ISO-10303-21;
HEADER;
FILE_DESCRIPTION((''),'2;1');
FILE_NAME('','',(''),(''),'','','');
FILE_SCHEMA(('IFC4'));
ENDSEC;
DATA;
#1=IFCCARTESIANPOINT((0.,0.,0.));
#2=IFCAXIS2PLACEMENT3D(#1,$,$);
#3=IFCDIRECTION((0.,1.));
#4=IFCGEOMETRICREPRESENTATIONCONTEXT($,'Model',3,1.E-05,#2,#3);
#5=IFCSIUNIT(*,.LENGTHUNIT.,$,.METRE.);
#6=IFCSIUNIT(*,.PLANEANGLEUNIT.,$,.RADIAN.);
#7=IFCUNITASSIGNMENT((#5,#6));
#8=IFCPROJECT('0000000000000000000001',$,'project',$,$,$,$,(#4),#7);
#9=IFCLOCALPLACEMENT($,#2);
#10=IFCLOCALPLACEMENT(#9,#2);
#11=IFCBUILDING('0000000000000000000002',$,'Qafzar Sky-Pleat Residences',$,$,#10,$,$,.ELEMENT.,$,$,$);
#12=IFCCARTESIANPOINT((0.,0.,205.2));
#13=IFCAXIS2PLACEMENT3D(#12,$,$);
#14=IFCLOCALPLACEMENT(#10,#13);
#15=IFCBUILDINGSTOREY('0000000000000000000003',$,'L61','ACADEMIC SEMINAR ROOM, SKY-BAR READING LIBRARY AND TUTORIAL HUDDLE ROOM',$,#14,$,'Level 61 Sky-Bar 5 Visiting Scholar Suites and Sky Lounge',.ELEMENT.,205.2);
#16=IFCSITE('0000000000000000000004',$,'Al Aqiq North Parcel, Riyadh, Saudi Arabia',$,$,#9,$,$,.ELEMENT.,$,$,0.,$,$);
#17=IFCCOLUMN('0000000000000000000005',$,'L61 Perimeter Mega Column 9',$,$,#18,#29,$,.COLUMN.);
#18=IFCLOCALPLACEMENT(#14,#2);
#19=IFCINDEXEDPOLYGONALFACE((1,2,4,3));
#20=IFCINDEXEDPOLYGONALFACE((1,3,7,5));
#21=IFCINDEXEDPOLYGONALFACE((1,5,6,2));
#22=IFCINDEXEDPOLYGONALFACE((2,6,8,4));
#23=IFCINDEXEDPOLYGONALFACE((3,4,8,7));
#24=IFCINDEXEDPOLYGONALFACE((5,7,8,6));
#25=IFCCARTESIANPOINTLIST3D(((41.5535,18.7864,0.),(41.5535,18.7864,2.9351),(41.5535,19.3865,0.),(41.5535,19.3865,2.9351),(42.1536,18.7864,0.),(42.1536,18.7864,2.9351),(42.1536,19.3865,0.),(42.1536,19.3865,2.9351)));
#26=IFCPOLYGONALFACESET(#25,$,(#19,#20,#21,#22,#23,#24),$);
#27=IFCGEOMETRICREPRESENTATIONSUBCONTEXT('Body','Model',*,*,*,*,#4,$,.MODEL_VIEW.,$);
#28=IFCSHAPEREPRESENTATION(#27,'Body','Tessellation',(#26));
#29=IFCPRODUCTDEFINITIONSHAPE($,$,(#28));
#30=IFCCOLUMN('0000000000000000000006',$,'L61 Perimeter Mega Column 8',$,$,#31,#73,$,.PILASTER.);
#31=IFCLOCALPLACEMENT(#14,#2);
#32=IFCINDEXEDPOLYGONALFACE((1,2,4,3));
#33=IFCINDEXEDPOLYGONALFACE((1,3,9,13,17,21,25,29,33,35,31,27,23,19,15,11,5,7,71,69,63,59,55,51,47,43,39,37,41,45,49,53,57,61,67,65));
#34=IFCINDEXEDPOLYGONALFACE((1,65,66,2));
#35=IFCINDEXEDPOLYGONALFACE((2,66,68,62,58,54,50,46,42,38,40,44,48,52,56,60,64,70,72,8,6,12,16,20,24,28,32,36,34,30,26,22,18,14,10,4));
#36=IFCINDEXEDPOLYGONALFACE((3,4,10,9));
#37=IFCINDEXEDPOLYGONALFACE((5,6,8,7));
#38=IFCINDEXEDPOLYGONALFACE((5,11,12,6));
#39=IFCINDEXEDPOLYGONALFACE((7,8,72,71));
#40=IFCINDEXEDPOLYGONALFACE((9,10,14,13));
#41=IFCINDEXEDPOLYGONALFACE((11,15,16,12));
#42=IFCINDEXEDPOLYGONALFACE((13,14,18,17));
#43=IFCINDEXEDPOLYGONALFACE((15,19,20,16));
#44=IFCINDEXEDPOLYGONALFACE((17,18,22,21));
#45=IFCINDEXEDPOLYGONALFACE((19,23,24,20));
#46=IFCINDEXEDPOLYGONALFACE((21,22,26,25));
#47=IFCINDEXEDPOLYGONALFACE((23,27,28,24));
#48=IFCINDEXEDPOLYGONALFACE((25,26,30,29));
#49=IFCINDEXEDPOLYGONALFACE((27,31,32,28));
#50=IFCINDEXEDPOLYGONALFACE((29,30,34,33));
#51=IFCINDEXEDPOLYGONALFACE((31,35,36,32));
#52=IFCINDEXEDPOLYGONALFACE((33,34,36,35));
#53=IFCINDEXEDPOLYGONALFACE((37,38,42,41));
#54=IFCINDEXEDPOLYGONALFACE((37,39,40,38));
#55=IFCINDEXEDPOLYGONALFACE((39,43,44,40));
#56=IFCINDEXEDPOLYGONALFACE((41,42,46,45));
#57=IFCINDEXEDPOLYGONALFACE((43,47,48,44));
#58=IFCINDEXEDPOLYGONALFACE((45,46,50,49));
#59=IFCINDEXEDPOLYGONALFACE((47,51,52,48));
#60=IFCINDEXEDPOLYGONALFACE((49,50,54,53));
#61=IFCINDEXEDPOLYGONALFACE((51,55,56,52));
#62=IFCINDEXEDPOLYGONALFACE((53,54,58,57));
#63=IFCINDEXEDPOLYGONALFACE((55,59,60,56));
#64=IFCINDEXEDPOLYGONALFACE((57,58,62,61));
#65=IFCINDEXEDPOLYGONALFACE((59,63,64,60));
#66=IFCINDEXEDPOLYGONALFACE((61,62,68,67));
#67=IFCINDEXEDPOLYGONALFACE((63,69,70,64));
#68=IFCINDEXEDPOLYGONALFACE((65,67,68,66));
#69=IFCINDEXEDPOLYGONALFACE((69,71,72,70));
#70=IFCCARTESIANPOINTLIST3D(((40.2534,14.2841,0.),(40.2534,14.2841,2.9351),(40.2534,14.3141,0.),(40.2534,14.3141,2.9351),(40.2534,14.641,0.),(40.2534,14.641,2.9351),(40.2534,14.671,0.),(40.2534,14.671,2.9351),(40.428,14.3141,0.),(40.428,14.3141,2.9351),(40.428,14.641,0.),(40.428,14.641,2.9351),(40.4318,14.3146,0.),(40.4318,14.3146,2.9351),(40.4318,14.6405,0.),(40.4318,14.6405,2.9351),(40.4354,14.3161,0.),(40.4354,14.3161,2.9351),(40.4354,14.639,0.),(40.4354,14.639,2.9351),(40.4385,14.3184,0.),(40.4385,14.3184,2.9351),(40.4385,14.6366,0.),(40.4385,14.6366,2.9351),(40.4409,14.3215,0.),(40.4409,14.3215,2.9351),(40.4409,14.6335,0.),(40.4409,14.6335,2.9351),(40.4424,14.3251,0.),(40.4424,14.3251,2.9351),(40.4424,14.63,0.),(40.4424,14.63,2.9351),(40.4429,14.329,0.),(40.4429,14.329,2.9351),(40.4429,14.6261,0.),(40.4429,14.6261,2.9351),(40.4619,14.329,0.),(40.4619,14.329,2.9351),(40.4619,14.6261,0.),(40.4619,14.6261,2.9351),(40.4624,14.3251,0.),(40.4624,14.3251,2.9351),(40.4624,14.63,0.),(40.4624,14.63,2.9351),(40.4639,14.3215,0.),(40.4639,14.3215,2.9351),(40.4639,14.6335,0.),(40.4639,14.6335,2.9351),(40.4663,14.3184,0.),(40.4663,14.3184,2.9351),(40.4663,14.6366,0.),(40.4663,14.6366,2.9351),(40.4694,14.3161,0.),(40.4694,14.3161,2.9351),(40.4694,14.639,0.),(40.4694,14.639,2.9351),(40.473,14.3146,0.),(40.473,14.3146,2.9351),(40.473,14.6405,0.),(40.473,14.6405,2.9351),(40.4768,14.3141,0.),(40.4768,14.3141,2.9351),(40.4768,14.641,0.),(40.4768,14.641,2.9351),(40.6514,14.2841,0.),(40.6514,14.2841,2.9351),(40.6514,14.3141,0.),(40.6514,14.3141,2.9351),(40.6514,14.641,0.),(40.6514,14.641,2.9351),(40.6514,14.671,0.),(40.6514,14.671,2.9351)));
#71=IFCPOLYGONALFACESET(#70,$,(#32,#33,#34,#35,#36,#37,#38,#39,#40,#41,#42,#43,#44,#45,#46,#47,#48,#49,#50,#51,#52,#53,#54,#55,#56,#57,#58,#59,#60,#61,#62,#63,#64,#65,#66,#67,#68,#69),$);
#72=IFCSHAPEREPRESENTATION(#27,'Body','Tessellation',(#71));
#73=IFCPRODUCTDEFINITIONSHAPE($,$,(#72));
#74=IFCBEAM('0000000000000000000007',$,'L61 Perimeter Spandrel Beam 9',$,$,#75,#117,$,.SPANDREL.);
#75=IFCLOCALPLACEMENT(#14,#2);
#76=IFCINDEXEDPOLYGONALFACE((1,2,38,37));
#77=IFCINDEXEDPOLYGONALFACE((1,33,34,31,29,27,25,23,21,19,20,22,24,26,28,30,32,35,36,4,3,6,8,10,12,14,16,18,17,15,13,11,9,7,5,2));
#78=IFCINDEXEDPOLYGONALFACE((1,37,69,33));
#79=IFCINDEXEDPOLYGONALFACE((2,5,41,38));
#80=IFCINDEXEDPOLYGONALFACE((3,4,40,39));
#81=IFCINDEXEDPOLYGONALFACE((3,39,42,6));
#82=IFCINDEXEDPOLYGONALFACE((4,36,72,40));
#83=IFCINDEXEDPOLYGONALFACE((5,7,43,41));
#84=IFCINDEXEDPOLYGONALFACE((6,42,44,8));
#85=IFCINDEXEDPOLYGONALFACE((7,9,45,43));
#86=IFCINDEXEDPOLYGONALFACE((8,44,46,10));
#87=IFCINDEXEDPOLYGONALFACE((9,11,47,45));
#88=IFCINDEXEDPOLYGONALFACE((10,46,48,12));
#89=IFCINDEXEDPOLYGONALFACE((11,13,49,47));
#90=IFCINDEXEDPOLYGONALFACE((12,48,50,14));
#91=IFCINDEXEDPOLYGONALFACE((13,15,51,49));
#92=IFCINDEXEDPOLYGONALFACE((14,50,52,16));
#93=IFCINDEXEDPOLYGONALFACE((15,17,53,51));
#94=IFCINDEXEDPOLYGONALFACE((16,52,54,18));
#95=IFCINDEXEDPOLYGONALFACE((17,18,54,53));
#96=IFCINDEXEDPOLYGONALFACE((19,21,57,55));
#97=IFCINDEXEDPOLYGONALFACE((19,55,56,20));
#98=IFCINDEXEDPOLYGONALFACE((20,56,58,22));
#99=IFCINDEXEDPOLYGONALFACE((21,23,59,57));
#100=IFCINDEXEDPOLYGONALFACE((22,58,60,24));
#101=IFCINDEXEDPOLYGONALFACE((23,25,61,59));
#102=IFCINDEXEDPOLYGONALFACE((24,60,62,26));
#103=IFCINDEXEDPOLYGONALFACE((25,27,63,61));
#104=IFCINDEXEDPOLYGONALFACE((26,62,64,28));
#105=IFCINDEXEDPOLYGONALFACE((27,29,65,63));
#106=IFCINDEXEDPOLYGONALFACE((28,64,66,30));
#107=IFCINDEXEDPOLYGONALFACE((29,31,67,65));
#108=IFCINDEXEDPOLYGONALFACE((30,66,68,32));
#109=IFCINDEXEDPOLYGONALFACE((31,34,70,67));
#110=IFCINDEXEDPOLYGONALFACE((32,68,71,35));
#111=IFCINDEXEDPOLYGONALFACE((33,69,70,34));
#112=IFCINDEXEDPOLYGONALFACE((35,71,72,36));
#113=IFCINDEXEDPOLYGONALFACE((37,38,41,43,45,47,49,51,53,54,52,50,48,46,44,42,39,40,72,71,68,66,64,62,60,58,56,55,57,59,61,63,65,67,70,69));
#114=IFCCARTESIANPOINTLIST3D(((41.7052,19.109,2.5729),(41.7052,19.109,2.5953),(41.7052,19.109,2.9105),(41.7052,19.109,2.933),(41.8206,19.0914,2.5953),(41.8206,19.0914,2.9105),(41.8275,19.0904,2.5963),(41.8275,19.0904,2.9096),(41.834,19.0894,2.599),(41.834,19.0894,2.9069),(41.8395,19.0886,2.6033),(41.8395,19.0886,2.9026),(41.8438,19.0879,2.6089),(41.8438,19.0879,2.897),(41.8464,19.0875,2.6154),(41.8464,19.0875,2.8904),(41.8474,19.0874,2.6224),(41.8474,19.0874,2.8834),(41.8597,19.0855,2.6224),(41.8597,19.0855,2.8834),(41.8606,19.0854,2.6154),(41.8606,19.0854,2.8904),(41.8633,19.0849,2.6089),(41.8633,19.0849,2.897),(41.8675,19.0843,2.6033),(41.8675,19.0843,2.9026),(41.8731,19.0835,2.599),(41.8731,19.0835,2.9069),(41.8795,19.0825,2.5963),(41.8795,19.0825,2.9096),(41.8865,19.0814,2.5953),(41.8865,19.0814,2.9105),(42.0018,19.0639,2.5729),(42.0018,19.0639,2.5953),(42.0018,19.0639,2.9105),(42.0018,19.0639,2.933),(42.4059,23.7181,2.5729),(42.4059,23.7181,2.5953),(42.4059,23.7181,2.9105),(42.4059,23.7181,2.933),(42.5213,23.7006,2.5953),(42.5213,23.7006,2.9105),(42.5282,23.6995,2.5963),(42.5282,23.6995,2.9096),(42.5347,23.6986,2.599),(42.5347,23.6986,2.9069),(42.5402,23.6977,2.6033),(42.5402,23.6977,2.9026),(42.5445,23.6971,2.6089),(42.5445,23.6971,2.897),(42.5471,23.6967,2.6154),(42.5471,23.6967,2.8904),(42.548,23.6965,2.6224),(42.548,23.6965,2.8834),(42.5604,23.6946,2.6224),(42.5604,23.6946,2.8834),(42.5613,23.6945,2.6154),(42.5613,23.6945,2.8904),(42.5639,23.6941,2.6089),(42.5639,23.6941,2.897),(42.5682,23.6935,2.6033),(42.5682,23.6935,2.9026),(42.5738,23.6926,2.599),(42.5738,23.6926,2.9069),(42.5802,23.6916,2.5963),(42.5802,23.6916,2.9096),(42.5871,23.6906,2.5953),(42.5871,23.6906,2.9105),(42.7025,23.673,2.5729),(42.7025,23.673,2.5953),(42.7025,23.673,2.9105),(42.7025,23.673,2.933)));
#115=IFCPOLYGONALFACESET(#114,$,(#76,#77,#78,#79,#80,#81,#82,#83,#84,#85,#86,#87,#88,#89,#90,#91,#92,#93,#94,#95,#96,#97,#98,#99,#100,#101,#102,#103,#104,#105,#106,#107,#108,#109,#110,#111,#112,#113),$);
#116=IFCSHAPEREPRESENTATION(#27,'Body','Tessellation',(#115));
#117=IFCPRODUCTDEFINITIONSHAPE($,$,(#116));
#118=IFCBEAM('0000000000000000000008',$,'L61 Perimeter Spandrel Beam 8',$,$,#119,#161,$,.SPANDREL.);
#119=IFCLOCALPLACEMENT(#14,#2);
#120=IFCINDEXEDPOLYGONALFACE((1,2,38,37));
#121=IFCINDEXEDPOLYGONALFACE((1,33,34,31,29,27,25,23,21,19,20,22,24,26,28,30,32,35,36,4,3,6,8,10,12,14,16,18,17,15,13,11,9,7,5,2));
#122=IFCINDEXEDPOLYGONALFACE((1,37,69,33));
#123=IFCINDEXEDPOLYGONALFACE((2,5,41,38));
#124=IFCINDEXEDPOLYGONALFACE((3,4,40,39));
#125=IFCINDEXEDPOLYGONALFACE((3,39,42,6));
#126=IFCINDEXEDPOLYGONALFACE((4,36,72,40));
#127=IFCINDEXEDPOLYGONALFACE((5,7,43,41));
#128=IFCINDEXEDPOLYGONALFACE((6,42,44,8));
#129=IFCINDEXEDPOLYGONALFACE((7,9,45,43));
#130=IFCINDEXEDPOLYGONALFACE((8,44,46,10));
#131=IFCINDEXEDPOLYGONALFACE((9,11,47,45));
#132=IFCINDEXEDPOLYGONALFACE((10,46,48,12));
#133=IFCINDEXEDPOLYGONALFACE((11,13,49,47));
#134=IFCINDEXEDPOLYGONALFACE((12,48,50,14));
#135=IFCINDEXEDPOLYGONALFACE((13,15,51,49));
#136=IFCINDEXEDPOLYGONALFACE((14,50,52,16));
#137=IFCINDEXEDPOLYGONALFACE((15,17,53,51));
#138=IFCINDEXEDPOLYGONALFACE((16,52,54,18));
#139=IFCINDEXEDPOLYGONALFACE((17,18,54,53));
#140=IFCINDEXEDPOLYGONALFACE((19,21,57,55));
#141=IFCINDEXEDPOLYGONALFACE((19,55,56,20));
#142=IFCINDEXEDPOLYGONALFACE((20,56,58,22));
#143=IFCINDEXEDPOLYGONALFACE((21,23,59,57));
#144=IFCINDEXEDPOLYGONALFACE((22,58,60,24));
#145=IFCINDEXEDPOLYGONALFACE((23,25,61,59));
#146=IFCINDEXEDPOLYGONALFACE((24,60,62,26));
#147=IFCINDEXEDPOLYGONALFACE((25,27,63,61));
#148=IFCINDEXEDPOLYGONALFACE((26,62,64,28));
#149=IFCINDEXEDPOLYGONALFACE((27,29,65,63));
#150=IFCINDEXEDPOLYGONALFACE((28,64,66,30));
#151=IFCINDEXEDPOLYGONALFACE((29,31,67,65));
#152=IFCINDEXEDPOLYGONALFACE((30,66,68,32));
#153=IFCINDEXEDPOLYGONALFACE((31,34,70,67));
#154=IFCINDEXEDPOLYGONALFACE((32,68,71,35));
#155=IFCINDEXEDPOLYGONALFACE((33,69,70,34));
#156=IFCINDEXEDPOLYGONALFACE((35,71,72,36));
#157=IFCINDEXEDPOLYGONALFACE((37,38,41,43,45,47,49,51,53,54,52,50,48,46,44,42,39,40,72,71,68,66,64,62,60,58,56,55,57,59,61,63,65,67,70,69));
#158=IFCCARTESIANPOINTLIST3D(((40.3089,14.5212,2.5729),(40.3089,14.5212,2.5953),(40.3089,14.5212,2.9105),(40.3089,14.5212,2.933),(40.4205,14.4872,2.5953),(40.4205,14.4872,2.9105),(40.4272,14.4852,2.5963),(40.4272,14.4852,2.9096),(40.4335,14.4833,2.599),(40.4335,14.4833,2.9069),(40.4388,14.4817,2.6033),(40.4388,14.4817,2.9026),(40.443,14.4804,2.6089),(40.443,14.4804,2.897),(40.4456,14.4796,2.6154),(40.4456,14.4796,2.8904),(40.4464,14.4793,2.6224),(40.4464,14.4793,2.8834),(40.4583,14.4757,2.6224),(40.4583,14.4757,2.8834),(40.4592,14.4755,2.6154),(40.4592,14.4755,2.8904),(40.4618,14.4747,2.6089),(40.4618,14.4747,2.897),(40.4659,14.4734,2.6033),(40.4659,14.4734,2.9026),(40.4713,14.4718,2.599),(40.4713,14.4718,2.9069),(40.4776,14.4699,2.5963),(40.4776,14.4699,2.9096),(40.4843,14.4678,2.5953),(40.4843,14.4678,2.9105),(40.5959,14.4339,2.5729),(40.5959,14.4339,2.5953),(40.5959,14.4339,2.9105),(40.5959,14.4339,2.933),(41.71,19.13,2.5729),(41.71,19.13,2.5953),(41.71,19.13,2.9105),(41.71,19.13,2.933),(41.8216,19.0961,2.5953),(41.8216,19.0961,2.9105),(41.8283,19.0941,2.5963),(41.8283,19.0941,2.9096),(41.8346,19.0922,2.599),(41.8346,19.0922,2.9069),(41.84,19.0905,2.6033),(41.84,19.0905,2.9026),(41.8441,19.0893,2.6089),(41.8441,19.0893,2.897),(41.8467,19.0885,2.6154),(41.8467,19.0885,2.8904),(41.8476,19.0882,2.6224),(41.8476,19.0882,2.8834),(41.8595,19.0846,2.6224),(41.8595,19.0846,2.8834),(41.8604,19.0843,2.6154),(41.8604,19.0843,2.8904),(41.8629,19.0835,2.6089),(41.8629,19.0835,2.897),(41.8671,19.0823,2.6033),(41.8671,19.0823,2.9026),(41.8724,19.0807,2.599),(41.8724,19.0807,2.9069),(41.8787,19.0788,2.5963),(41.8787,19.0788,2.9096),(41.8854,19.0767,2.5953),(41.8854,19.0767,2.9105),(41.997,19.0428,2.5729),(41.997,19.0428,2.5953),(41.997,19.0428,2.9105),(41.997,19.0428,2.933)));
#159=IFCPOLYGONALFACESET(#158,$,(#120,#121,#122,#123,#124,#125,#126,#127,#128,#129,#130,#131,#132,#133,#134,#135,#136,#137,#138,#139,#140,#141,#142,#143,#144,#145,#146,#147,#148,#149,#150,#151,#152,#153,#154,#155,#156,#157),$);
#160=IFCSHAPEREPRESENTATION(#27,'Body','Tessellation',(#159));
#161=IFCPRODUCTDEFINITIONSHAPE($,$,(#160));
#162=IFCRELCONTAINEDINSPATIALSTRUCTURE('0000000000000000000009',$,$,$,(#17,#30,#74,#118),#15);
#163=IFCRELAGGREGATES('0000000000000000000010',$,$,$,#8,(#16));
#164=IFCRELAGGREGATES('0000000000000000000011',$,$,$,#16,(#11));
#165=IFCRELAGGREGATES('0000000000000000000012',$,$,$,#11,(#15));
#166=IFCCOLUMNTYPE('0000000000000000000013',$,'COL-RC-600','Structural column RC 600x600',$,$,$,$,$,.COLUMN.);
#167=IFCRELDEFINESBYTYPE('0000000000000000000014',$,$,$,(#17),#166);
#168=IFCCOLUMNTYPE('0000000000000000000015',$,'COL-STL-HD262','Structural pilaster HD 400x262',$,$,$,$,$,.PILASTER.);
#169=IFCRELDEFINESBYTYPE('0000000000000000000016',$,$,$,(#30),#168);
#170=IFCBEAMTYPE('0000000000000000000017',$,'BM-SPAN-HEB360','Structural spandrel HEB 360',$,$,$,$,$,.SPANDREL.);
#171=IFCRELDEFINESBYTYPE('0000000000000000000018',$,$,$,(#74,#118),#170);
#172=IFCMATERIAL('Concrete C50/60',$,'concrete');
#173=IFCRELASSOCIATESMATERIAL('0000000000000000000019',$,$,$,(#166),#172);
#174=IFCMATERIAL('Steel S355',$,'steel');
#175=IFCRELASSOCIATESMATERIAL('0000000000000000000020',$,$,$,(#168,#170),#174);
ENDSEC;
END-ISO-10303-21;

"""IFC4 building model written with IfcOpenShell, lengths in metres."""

from ifc_helpers import new_model, si_unit, direction, frame, origin, origin_2d, place, context, subcontext, project, spatial, rectangle, i_section, extrude, source, transform, mapped, material, material_profile, profile_set, type_object, element, save


model = new_model("IFC4")

# Units and contexts
model_context = context("Model", 3, precision=1e-05, world=origin(), true_north=direction((0.0, 1.0)))
body_context = subcontext(model_context, "Body", "Model", "MODEL_VIEW")
ifc_project = project(units=[si_unit("LENGTHUNIT", "METRE"), si_unit("PLANEANGLEUNIT", "RADIAN")], contexts=[model_context])

# Site, building, storey
site_placement = place(None, origin())
site = spatial("IfcSite", under=ifc_project, at=site_placement, Name="Al Aqiq North Parcel, Riyadh, Saudi Arabia", CompositionType="ELEMENT", RefElevation=0.0)
building_placement = place(site_placement, origin())
building = spatial("IfcBuilding", under=site, at=building_placement, Name="Qafzar Sky-Pleat Residences", CompositionType="ELEMENT")
storey_placement = place(building_placement, frame((0.0, 0.0, 205.2)))
storey = spatial("IfcBuildingStorey", under=building, at=storey_placement, Name="L61", Description="ACADEMIC SEMINAR ROOM, SKY-BAR READING LIBRARY AND TUTORIAL HUDDLE ROOM", LongName="Level 61 Sky-Bar 5 Visiting Scholar Suites and Sky Lounge", CompositionType="ELEMENT", Elevation=205.2)

# Columns
ifc_material_1 = material(Name="Concrete C50/60", Category="concrete")
ifc_material_profile_1 = material_profile(ifc_material_1, rectangle(XDim=0.6001, YDim=0.6001, at=origin_2d()), Name="RC 600x600")
ifc_profile_set_1 = profile_set([ifc_material_profile_1], Name="Concrete C50/60")
column_type_1 = type_object("IfcColumnType", Name="COL-RC-600", Description="Structural column RC 600x600", PredefinedType="COLUMN", material=ifc_profile_set_1)
shared_shape_1 = source(origin(), body_context, "Body", "SweptSolid", [
    extrude(rectangle(XDim=0.6001, YDim=0.6001, at=origin_2d()), origin(), (0.0, 0.0, 1.0), 2.9351),
])
column_1_placement = place(storey_placement, frame((41.8535, 19.0864, 0.0), z_axis=(0.0, 0.0, 1.0), x_axis=(1.0, 0.0, 0.0)))
element("IfcColumn", 1, at=column_1_placement, inside=storey, type_object=column_type_1, Name="L61 Perimeter Mega Column 9", PredefinedType="COLUMN", context=body_context, shape_type="MappedRepresentation", body=[
    mapped(shared_shape_1, transform((0.0, 0.0, 0.0), x_axis=(1.0, 0.0, 0.0), y_axis=(0.0, 1.0, 0.0), z_axis=(0.0, 0.0, 1.0), scale=1.0)),
])
ifc_material_2 = material(Name="Steel S355", Category="steel")
ifc_material_profile_2 = material_profile(ifc_material_2, i_section(OverallWidth=0.3979, OverallDepth=0.387, WebThickness=0.019, FlangeThickness=0.03, FilletRadius=0.0149, at=origin_2d()), Name="HD 400x262")
ifc_profile_set_2 = profile_set([ifc_material_profile_2], Name="Steel S355")
column_type_2 = type_object("IfcColumnType", Name="COL-STL-HD262", Description="Structural pilaster HD 400x262", PredefinedType="PILASTER", material=ifc_profile_set_2)
shared_shape_2 = source(origin(), body_context, "Body", "SweptSolid", [
    extrude(i_section(OverallWidth=0.3979, OverallDepth=0.387, WebThickness=0.019, FlangeThickness=0.03, FilletRadius=0.0149, at=origin_2d()), origin(), (0.0, 0.0, 1.0), 2.9351),
])
column_2_placement = place(storey_placement, frame((40.4524, 14.4775, 0.0), z_axis=(0.0, 0.0, 1.0), x_axis=(1.0, 0.0, 0.0)))
element("IfcColumn", 2, at=column_2_placement, inside=storey, type_object=column_type_2, Name="L61 Perimeter Mega Column 8", PredefinedType="PILASTER", context=body_context, shape_type="MappedRepresentation", body=[
    mapped(shared_shape_2, transform((0.0, 0.0, 0.0), x_axis=(1.0, 0.0, 0.0), y_axis=(0.0, 1.0, 0.0), z_axis=(0.0, 0.0, 1.0), scale=1.0)),
])

# Beams
ifc_material_profile_3 = material_profile(ifc_material_2, i_section(OverallWidth=0.3, OverallDepth=0.3601, WebThickness=0.0125, FlangeThickness=0.0225, FilletRadius=0.0271, at=origin_2d()), Name="HEB 360")
ifc_profile_set_3 = profile_set([ifc_material_profile_3], Name="Steel S355")
beam_type_1 = type_object("IfcBeamType", Name="BM-SPAN-HEB360", Description="Structural spandrel HEB 360", PredefinedType="SPANDREL", material=ifc_profile_set_3)
shared_shape_3 = source(origin(), body_context, "Body", "SweptSolid", [
    extrude(i_section(OverallWidth=0.3, OverallDepth=0.3601, WebThickness=0.0125, FlangeThickness=0.0225, FilletRadius=0.0271, at=origin_2d()), origin(), (0.0, 0.0, 1.0), 4.6621),
])
beam_1_placement = place(storey_placement, frame((41.8535, 19.0864, 2.7529), z_axis=(0.150294, 0.988641, 0.0), x_axis=(-0.988641, 0.150294, 0.0)))
element("IfcBeam", 3, at=beam_1_placement, inside=storey, type_object=beam_type_1, Name="L61 Perimeter Spandrel Beam 9", PredefinedType="SPANDREL", context=body_context, shape_type="MappedRepresentation", body=[
    mapped(shared_shape_3, transform((0.0, 0.0, 0.0), x_axis=(1.0, 0.0, 0.0), y_axis=(0.0, 1.0, 0.0), z_axis=(0.0, 0.0, 1.0), scale=1.0)),
])
shared_shape_4 = source(origin(), body_context, "Body", "SweptSolid", [
    extrude(i_section(OverallWidth=0.3, OverallDepth=0.3601, WebThickness=0.0125, FlangeThickness=0.0225, FilletRadius=0.0271, at=origin_2d()), origin(), (0.0, 0.0, 1.0), 4.8171),
])
beam_2_placement = place(storey_placement, frame((40.4524, 14.4775, 2.7529), z_axis=(0.290861, 0.956765, 0.0), x_axis=(-0.956765, 0.290861, 0.0)))
element("IfcBeam", 4, at=beam_2_placement, inside=storey, type_object=beam_type_1, Name="L61 Perimeter Spandrel Beam 8", PredefinedType="SPANDREL", context=body_context, shape_type="MappedRepresentation", body=[
    mapped(shared_shape_4, transform((0.0, 0.0, 0.0), x_axis=(1.0, 0.0, 0.0), y_axis=(0.0, 1.0, 0.0), z_axis=(0.0, 0.0, 1.0), scale=1.0)),
])

save(model, "model.ifc")
